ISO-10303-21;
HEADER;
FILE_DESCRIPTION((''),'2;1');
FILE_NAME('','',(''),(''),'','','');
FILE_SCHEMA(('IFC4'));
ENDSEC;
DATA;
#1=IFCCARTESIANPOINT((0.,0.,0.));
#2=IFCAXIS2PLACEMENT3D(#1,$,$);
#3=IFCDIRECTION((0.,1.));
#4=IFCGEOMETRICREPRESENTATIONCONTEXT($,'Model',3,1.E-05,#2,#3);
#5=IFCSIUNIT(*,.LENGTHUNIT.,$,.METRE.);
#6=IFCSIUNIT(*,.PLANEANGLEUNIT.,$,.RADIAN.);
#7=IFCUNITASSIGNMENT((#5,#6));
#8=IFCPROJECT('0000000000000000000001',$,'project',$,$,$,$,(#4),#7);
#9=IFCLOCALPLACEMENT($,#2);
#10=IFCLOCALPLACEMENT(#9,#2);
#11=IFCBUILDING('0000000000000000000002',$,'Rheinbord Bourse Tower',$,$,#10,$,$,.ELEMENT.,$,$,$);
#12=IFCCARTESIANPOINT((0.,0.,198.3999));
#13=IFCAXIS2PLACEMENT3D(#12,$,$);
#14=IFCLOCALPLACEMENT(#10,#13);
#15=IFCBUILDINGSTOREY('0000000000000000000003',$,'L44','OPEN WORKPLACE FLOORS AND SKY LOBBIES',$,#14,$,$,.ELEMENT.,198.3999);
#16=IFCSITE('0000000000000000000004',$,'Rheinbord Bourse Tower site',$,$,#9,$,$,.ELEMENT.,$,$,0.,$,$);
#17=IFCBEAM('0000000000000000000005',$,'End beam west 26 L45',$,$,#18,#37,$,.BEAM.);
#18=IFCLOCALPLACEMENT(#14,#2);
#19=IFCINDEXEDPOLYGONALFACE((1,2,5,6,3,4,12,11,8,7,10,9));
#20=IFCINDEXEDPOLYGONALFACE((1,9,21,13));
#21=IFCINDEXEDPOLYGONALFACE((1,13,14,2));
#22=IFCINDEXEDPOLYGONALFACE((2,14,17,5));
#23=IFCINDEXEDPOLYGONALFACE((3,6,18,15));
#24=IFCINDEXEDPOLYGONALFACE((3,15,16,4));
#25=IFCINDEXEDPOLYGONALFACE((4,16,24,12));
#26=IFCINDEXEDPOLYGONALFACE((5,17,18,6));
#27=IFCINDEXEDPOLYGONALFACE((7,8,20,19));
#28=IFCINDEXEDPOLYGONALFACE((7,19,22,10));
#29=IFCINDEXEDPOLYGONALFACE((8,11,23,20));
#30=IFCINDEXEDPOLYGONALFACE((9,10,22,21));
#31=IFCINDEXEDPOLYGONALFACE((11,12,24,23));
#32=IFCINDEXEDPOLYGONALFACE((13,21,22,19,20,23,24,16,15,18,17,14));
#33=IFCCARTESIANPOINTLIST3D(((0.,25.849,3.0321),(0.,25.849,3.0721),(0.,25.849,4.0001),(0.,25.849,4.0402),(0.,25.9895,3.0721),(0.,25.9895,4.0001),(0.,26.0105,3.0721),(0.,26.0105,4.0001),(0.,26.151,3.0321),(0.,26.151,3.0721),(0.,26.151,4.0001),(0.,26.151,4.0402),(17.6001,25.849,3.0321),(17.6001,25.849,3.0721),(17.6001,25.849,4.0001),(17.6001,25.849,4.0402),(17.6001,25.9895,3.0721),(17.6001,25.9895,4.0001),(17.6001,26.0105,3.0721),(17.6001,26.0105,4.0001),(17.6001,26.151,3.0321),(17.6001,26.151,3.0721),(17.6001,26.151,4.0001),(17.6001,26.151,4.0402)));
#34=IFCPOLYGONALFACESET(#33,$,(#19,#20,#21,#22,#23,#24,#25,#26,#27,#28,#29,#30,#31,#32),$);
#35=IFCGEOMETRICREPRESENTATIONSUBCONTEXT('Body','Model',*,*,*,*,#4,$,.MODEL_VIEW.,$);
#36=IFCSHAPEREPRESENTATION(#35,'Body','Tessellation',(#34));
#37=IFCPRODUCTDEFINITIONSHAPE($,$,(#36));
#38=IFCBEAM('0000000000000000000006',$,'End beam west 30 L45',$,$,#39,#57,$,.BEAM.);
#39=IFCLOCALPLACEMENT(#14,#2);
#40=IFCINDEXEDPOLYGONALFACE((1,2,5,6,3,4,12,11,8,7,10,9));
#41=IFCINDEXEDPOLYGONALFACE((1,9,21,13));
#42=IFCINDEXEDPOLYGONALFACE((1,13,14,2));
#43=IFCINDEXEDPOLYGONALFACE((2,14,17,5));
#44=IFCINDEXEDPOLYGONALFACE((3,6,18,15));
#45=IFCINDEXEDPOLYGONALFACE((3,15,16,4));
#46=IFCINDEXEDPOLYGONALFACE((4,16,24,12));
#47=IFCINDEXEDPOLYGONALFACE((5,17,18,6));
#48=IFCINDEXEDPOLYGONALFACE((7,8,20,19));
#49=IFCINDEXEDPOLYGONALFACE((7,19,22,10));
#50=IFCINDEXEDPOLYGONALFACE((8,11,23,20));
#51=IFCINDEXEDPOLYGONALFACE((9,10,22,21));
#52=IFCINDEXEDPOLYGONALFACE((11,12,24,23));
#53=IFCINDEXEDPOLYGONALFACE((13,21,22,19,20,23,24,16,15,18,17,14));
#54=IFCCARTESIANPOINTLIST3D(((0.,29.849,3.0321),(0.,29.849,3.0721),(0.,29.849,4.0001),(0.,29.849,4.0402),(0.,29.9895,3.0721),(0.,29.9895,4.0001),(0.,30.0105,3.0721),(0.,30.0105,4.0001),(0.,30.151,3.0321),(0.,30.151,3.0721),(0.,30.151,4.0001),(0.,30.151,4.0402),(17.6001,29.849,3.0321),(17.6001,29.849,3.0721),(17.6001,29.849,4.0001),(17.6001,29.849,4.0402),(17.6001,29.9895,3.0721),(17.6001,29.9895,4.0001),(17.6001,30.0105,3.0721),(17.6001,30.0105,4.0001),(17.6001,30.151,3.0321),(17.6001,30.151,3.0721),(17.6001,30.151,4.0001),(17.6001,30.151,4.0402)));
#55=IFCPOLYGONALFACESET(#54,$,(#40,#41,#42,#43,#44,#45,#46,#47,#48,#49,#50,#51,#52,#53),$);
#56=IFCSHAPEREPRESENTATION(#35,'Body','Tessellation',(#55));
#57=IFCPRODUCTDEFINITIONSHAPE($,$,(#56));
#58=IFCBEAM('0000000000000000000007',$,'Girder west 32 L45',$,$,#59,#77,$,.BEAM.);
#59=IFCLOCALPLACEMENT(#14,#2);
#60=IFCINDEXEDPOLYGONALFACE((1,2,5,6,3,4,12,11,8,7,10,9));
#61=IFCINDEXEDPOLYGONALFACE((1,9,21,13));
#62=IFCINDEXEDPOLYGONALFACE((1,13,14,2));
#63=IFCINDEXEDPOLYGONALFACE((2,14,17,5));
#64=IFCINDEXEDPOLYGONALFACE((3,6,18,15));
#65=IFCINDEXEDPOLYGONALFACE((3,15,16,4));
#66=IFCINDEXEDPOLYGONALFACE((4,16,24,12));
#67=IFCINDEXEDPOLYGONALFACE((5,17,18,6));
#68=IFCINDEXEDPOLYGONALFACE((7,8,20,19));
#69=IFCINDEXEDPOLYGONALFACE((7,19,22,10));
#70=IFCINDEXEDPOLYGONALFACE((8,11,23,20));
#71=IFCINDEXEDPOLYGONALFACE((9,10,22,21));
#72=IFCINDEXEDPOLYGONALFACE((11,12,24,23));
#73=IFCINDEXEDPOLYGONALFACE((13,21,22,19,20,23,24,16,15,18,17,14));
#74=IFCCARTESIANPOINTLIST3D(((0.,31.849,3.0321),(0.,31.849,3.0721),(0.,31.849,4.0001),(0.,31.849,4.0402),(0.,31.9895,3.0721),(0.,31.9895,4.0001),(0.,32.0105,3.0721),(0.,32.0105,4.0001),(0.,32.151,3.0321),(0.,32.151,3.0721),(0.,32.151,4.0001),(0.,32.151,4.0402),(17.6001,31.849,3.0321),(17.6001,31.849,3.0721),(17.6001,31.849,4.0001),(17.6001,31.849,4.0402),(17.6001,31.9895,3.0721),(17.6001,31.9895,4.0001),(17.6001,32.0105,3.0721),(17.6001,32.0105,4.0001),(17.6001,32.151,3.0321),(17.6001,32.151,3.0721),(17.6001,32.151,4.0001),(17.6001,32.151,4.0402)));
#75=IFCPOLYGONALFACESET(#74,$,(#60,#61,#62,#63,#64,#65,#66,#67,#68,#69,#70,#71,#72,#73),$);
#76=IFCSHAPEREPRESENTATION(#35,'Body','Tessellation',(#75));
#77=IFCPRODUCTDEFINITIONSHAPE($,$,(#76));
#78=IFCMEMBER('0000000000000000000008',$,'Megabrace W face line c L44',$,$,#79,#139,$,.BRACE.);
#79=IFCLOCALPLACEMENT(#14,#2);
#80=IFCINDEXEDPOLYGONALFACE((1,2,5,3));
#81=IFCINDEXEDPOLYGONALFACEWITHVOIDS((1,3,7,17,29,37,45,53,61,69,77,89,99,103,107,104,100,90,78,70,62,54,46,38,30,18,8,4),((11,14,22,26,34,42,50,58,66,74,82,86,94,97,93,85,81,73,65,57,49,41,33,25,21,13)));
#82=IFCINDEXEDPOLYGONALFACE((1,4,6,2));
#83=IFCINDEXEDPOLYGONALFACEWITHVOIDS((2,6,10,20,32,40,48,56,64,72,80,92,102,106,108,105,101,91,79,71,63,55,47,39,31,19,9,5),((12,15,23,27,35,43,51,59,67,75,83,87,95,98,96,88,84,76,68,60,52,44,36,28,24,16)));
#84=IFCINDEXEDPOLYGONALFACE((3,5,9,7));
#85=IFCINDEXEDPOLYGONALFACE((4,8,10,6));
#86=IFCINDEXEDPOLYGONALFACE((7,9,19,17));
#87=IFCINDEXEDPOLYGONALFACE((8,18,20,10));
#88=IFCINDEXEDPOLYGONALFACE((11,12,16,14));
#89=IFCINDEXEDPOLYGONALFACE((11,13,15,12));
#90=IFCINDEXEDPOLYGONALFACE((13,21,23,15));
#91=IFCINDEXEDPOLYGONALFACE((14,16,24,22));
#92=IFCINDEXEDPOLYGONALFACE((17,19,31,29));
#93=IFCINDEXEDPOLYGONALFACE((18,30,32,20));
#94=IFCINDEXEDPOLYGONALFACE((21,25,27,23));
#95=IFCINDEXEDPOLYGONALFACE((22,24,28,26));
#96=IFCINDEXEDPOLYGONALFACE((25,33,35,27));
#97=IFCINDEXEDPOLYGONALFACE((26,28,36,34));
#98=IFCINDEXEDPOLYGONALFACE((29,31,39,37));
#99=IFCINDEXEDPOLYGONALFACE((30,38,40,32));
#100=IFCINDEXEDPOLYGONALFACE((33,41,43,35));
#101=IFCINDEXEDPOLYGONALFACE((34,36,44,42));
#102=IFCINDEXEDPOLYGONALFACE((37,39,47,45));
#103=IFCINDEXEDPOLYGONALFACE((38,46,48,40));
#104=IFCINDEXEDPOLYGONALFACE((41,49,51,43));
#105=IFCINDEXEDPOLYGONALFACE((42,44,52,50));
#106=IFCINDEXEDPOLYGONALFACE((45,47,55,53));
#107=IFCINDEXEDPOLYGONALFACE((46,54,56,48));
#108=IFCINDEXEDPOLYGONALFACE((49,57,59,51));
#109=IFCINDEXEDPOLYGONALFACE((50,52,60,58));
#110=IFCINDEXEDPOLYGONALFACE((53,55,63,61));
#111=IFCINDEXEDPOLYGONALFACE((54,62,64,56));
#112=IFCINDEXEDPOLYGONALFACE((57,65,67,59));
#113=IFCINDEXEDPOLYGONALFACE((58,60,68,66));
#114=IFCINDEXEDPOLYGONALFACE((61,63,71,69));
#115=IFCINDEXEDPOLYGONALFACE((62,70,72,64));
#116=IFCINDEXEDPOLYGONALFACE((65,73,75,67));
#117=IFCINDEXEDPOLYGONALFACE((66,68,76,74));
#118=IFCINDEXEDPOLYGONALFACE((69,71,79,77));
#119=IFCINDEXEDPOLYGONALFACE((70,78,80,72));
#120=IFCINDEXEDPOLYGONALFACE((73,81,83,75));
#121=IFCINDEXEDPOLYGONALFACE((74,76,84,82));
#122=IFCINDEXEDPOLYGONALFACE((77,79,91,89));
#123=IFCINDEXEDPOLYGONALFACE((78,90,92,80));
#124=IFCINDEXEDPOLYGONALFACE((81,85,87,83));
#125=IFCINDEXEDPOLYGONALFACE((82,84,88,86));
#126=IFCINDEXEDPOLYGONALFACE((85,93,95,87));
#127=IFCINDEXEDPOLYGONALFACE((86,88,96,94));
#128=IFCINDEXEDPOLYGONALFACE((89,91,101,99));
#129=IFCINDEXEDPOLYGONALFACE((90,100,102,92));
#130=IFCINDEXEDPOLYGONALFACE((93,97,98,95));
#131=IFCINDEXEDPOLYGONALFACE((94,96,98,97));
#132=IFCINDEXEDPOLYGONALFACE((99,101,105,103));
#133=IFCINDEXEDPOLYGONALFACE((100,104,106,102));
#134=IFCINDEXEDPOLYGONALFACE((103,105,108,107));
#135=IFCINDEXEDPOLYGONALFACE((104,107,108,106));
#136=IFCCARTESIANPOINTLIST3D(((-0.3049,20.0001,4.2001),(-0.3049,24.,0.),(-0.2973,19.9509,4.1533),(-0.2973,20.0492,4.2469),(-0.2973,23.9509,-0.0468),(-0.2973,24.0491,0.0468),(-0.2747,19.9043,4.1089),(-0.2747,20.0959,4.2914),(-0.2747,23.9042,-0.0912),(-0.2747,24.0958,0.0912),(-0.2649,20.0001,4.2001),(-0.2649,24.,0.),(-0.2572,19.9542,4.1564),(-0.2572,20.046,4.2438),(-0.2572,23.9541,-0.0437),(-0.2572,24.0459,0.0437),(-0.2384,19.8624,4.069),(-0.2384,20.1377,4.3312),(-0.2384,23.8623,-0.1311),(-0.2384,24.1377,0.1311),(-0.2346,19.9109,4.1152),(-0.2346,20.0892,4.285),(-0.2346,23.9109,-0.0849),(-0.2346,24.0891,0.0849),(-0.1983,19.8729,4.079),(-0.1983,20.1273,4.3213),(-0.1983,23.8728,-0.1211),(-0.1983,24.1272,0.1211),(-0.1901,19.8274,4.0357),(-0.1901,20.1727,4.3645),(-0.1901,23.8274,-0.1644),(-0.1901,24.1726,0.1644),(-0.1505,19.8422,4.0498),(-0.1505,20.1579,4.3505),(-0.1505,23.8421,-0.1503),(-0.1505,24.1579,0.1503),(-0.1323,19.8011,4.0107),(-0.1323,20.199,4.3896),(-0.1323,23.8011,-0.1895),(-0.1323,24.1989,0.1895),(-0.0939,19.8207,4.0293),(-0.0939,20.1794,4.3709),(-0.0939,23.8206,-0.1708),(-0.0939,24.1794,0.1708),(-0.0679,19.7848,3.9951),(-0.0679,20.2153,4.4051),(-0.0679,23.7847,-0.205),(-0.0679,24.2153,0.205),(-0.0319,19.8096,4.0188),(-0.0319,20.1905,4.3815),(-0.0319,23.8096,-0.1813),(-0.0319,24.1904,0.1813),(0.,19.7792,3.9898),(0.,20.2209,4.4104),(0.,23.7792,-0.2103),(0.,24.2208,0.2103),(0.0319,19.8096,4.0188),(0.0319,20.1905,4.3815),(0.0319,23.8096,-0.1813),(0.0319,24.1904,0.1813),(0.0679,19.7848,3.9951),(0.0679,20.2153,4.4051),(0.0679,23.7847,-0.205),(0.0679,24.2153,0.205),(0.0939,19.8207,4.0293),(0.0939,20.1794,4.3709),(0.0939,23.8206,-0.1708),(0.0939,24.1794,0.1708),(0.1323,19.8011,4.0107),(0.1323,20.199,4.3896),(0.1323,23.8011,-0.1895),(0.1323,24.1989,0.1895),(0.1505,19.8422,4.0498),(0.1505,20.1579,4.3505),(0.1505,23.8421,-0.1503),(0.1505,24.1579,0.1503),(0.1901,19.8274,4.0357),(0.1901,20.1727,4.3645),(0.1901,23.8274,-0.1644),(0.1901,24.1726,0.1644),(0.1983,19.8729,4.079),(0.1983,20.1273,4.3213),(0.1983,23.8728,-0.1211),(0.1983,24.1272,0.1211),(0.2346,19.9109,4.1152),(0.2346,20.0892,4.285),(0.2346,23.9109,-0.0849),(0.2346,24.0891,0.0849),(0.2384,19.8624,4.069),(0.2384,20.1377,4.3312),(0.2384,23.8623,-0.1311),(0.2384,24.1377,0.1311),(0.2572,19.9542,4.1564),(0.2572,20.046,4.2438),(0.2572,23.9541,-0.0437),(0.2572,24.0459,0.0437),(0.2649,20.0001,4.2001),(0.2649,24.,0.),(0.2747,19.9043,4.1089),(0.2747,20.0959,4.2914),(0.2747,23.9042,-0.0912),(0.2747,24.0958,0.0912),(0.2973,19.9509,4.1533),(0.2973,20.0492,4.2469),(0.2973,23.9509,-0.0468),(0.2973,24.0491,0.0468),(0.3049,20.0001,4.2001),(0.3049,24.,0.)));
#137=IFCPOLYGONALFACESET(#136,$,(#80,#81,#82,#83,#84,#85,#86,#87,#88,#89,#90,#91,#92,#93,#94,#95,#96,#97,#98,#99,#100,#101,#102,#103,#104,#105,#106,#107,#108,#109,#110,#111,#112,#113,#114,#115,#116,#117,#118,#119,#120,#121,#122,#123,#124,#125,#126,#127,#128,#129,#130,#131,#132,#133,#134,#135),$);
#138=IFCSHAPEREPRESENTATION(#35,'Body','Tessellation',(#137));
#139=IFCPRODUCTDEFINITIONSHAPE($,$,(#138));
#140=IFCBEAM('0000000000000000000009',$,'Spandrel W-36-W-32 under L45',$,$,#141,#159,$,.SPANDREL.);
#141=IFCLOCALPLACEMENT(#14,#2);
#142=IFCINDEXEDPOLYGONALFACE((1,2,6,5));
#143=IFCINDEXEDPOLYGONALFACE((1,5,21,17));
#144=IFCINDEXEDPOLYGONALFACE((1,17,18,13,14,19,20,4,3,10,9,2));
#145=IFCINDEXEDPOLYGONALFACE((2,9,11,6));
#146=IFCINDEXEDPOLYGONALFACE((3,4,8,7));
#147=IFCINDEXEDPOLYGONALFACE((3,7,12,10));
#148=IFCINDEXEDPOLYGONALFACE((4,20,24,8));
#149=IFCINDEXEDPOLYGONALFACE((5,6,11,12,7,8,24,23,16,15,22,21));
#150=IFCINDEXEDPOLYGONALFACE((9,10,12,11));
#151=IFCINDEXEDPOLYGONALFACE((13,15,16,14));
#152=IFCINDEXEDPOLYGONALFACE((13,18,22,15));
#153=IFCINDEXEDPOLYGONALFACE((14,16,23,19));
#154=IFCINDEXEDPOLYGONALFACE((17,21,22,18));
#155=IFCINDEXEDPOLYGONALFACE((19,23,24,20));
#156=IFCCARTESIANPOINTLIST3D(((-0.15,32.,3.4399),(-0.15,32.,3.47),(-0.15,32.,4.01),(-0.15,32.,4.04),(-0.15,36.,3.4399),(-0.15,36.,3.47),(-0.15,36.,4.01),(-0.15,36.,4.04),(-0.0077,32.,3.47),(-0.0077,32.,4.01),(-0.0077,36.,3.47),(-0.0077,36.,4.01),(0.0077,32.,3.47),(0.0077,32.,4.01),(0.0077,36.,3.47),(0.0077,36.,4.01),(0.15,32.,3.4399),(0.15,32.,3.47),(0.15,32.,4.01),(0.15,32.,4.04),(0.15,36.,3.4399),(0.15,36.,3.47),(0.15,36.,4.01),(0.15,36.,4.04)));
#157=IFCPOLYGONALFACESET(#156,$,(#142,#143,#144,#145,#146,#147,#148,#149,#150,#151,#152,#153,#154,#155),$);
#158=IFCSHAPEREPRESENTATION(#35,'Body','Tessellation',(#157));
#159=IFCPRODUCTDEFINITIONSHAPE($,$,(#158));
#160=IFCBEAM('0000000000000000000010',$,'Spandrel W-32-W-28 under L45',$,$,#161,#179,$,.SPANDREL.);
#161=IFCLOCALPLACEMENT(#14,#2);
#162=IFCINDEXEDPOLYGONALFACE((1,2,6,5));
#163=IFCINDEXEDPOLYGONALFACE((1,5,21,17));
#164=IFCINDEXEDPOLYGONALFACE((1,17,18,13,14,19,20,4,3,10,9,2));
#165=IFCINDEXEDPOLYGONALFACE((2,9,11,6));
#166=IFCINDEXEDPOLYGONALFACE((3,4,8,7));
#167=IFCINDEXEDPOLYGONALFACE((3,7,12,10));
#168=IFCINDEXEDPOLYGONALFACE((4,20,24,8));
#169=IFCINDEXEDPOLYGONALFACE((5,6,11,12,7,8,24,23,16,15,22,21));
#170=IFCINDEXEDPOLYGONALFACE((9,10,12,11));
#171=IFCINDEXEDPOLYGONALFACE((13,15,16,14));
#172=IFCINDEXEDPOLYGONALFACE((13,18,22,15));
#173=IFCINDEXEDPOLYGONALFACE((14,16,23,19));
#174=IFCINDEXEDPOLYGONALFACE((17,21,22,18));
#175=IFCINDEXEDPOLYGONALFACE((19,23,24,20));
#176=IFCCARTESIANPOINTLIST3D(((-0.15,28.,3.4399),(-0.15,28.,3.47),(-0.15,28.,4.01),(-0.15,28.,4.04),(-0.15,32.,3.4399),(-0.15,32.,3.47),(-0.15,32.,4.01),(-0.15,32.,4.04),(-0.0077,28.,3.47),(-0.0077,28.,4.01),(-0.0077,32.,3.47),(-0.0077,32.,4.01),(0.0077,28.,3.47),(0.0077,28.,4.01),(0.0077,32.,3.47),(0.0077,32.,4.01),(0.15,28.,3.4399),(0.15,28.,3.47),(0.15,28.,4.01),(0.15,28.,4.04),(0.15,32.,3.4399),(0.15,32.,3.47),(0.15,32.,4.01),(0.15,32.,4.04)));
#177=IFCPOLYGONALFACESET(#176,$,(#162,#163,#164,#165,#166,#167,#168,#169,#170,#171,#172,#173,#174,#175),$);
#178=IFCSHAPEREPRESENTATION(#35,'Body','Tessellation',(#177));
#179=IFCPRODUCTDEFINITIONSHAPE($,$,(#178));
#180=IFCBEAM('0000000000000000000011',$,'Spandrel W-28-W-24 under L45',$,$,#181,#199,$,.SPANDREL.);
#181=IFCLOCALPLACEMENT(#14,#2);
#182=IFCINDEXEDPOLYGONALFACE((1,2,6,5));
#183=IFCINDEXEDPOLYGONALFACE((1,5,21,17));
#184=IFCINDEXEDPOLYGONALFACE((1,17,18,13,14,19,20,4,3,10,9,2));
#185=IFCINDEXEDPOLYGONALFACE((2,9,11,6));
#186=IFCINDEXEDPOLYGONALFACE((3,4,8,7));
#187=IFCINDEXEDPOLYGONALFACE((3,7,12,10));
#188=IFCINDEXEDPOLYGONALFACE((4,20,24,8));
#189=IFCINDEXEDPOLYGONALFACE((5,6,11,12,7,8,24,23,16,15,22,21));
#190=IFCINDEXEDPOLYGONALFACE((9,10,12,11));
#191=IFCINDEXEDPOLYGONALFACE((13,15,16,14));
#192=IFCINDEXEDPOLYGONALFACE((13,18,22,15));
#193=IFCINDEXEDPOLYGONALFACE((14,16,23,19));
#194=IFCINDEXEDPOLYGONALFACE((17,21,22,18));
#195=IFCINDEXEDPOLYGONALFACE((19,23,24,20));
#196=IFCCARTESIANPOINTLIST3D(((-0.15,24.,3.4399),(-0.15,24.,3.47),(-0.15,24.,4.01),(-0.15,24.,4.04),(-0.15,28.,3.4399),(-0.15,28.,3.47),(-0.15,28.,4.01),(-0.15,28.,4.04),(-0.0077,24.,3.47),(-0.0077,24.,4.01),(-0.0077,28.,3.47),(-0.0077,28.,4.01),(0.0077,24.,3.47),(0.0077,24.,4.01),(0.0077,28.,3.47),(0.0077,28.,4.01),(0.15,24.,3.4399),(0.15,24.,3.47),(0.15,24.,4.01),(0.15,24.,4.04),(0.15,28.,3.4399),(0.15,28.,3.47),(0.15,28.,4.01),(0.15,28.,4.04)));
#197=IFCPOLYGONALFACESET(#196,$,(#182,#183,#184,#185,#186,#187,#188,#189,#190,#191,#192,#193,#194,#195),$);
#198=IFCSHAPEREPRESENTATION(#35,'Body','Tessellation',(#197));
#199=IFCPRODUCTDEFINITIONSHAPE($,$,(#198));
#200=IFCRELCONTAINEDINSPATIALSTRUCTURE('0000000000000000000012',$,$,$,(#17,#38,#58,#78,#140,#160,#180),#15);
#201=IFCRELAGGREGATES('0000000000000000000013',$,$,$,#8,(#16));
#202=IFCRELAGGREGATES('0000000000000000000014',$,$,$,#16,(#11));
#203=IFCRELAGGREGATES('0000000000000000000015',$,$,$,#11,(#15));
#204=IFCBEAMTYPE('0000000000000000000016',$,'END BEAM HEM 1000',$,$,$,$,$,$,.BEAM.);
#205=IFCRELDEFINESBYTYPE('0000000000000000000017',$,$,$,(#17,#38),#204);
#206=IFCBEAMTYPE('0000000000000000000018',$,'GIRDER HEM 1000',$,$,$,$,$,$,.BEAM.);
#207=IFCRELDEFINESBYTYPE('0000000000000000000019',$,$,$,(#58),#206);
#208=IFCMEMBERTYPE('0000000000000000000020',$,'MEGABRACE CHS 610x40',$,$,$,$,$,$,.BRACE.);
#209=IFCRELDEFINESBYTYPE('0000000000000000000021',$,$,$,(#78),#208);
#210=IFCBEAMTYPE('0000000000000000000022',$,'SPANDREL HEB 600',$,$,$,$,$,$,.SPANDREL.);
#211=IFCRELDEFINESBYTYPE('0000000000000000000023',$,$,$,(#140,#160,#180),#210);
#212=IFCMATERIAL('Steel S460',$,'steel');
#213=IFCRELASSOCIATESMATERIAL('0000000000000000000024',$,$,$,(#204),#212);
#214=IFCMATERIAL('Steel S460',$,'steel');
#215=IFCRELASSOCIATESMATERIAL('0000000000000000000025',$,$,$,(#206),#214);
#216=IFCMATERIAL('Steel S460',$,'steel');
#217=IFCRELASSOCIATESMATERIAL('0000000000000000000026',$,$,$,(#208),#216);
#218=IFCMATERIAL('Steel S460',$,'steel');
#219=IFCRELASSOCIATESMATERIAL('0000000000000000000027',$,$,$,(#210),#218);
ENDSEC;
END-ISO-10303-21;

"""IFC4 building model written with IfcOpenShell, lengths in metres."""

from ifc_helpers import new_model, si_unit, direction, frame, origin, origin_2d, place, context, subcontext, project, spatial, hollow_circle, i_section, extrude, material, material_profile, profile_set, type_object, element, save


model = new_model("IFC4")

# Units and contexts
model_context = context("Model", 3, precision=1e-05, world=origin(), true_north=direction((0.0, 1.0)))
body_context = subcontext(model_context, "Body", "Model", "MODEL_VIEW")
ifc_project = project(units=[si_unit("LENGTHUNIT", "METRE"), si_unit("PLANEANGLEUNIT", "RADIAN")], contexts=[model_context])

# Site, building, storey
site_placement = place(None, origin())
site = spatial("IfcSite", under=ifc_project, at=site_placement, Name="Rheinbord Bourse Tower site", CompositionType="ELEMENT", RefElevation=0.0)
building_placement = place(site_placement, origin())
building = spatial("IfcBuilding", under=site, at=building_placement, Name="Rheinbord Bourse Tower", CompositionType="ELEMENT")
storey_placement = place(building_placement, frame((0.0, 0.0, 198.3999)))
storey = spatial("IfcBuildingStorey", under=building, at=storey_placement, Name="L44", Description="OPEN WORKPLACE FLOORS AND SKY LOBBIES", CompositionType="ELEMENT", Elevation=198.3999)

# Beams
ifc_material_1 = material(Name="Steel S460", Category="steel")
ifc_material_profile_1 = material_profile(ifc_material_1, i_section(OverallWidth=0.302, OverallDepth=1.0081, WebThickness=0.021, FlangeThickness=0.04, at=origin_2d()), Name="HEM 1000")
ifc_profile_set_1 = profile_set([ifc_material_profile_1], Name="Steel S460")
beam_type_1 = type_object("IfcBeamType", Name="END BEAM HEM 1000", PredefinedType="BEAM", material=ifc_profile_set_1)
for number, where, z_axis, x_axis, name in (
    (1, (0.0, 26.0, 3.5361), (1.0, 0.0, 0.0), (0.0, 1.0, 0.0), "End beam west 26 L45"),
    (2, (0.0, 30.0, 3.5361), (1.0, 0.0, 0.0), (0.0, 1.0, 0.0), "End beam west 30 L45"),
):
    element("IfcBeam", number, at=place(storey_placement, frame(where, z_axis=z_axis, x_axis=x_axis)), inside=storey, type_object=beam_type_1, Name=name, PredefinedType="BEAM", context=body_context, shape_type="SweptSolid", body=[
        extrude(i_section(OverallWidth=0.302, OverallDepth=1.0081, WebThickness=0.021, FlangeThickness=0.04, at=origin_2d()), origin(), (0.0, 0.0, 1.0), 17.6001),
    ])
ifc_material_2 = material(Name="Steel S460", Category="steel")
ifc_material_profile_2 = material_profile(ifc_material_2, i_section(OverallWidth=0.302, OverallDepth=1.0081, WebThickness=0.021, FlangeThickness=0.04, at=origin_2d()), Name="HEM 1000")
ifc_profile_set_2 = profile_set([ifc_material_profile_2], Name="Steel S460")
beam_type_2 = type_object("IfcBeamType", Name="GIRDER HEM 1000", PredefinedType="BEAM", material=ifc_profile_set_2)
beam_placement = place(storey_placement, frame((0.0, 32.0, 3.5361), z_axis=(1.0, 0.0, 0.0), x_axis=(0.0, 1.0, 0.0)))
element("IfcBeam", 3, at=beam_placement, inside=storey, type_object=beam_type_2, Name="Girder west 32 L45", PredefinedType="BEAM", context=body_context, shape_type="SweptSolid", body=[
    extrude(i_section(OverallWidth=0.302, OverallDepth=1.0081, WebThickness=0.021, FlangeThickness=0.04, at=origin_2d()), origin(), (0.0, 0.0, 1.0), 17.6001),
])

# Member
ifc_material_3 = material(Name="Steel S460", Category="steel")
ifc_material_profile_3 = material_profile(ifc_material_3, hollow_circle(Radius=0.3049, WallThickness=0.04, at=origin_2d()), Name="CHS 610x40")
ifc_profile_set_3 = profile_set([ifc_material_profile_3], Name="Steel S460")
member_type_1 = type_object("IfcMemberType", Name="MEGABRACE CHS 610x40", PredefinedType="BRACE", material=ifc_profile_set_3)
member_1_placement = place(storey_placement, frame((0.0, 24.0, 0.0), z_axis=(0.0, -0.689638, 0.724154), x_axis=(1.0, 0.0, 0.0)))
element("IfcMember", 4, at=member_1_placement, inside=storey, type_object=member_type_1, Name="Megabrace W face line c L44", PredefinedType="BRACE", context=body_context, shape_type="SweptSolid", body=[
    extrude(hollow_circle(Radius=0.3049, WallThickness=0.04, at=origin_2d()), origin(), (0.0, 0.0, 1.0), 5.8),
])

# Beams
ifc_material_4 = material(Name="Steel S460", Category="steel")
ifc_material_profile_4 = material_profile(ifc_material_4, i_section(OverallWidth=0.3, OverallDepth=0.6001, WebThickness=0.0154, FlangeThickness=0.03, at=origin_2d()), Name="HEB 600")
ifc_profile_set_4 = profile_set([ifc_material_profile_4], Name="Steel S460")
beam_type_3 = type_object("IfcBeamType", Name="SPANDREL HEB 600", PredefinedType="SPANDREL", material=ifc_profile_set_4)
for number, where, z_axis, x_axis, name in (
    (5, (0.0, 36.0, 3.74), (0.0, -1.0, 0.0), (1.0, 0.0, 0.0), "Spandrel W-36-W-32 under L45"),
    (6, (0.0, 32.0, 3.74), (0.0, -1.0, 0.0), (1.0, 0.0, 0.0), "Spandrel W-32-W-28 under L45"),
    (7, (0.0, 28.0, 3.74), (0.0, -1.0, 0.0), (1.0, 0.0, 0.0), "Spandrel W-28-W-24 under L45"),
):
    element("IfcBeam", number, at=place(storey_placement, frame(where, z_axis=z_axis, x_axis=x_axis)), inside=storey, type_object=beam_type_3, Name=name, PredefinedType="SPANDREL", context=body_context, shape_type="SweptSolid", body=[
        extrude(i_section(OverallWidth=0.3, OverallDepth=0.6001, WebThickness=0.0154, FlangeThickness=0.03, at=origin_2d()), origin(), (0.0, 0.0, 1.0), 4.0),
    ])

save(model, "model.ifc")
